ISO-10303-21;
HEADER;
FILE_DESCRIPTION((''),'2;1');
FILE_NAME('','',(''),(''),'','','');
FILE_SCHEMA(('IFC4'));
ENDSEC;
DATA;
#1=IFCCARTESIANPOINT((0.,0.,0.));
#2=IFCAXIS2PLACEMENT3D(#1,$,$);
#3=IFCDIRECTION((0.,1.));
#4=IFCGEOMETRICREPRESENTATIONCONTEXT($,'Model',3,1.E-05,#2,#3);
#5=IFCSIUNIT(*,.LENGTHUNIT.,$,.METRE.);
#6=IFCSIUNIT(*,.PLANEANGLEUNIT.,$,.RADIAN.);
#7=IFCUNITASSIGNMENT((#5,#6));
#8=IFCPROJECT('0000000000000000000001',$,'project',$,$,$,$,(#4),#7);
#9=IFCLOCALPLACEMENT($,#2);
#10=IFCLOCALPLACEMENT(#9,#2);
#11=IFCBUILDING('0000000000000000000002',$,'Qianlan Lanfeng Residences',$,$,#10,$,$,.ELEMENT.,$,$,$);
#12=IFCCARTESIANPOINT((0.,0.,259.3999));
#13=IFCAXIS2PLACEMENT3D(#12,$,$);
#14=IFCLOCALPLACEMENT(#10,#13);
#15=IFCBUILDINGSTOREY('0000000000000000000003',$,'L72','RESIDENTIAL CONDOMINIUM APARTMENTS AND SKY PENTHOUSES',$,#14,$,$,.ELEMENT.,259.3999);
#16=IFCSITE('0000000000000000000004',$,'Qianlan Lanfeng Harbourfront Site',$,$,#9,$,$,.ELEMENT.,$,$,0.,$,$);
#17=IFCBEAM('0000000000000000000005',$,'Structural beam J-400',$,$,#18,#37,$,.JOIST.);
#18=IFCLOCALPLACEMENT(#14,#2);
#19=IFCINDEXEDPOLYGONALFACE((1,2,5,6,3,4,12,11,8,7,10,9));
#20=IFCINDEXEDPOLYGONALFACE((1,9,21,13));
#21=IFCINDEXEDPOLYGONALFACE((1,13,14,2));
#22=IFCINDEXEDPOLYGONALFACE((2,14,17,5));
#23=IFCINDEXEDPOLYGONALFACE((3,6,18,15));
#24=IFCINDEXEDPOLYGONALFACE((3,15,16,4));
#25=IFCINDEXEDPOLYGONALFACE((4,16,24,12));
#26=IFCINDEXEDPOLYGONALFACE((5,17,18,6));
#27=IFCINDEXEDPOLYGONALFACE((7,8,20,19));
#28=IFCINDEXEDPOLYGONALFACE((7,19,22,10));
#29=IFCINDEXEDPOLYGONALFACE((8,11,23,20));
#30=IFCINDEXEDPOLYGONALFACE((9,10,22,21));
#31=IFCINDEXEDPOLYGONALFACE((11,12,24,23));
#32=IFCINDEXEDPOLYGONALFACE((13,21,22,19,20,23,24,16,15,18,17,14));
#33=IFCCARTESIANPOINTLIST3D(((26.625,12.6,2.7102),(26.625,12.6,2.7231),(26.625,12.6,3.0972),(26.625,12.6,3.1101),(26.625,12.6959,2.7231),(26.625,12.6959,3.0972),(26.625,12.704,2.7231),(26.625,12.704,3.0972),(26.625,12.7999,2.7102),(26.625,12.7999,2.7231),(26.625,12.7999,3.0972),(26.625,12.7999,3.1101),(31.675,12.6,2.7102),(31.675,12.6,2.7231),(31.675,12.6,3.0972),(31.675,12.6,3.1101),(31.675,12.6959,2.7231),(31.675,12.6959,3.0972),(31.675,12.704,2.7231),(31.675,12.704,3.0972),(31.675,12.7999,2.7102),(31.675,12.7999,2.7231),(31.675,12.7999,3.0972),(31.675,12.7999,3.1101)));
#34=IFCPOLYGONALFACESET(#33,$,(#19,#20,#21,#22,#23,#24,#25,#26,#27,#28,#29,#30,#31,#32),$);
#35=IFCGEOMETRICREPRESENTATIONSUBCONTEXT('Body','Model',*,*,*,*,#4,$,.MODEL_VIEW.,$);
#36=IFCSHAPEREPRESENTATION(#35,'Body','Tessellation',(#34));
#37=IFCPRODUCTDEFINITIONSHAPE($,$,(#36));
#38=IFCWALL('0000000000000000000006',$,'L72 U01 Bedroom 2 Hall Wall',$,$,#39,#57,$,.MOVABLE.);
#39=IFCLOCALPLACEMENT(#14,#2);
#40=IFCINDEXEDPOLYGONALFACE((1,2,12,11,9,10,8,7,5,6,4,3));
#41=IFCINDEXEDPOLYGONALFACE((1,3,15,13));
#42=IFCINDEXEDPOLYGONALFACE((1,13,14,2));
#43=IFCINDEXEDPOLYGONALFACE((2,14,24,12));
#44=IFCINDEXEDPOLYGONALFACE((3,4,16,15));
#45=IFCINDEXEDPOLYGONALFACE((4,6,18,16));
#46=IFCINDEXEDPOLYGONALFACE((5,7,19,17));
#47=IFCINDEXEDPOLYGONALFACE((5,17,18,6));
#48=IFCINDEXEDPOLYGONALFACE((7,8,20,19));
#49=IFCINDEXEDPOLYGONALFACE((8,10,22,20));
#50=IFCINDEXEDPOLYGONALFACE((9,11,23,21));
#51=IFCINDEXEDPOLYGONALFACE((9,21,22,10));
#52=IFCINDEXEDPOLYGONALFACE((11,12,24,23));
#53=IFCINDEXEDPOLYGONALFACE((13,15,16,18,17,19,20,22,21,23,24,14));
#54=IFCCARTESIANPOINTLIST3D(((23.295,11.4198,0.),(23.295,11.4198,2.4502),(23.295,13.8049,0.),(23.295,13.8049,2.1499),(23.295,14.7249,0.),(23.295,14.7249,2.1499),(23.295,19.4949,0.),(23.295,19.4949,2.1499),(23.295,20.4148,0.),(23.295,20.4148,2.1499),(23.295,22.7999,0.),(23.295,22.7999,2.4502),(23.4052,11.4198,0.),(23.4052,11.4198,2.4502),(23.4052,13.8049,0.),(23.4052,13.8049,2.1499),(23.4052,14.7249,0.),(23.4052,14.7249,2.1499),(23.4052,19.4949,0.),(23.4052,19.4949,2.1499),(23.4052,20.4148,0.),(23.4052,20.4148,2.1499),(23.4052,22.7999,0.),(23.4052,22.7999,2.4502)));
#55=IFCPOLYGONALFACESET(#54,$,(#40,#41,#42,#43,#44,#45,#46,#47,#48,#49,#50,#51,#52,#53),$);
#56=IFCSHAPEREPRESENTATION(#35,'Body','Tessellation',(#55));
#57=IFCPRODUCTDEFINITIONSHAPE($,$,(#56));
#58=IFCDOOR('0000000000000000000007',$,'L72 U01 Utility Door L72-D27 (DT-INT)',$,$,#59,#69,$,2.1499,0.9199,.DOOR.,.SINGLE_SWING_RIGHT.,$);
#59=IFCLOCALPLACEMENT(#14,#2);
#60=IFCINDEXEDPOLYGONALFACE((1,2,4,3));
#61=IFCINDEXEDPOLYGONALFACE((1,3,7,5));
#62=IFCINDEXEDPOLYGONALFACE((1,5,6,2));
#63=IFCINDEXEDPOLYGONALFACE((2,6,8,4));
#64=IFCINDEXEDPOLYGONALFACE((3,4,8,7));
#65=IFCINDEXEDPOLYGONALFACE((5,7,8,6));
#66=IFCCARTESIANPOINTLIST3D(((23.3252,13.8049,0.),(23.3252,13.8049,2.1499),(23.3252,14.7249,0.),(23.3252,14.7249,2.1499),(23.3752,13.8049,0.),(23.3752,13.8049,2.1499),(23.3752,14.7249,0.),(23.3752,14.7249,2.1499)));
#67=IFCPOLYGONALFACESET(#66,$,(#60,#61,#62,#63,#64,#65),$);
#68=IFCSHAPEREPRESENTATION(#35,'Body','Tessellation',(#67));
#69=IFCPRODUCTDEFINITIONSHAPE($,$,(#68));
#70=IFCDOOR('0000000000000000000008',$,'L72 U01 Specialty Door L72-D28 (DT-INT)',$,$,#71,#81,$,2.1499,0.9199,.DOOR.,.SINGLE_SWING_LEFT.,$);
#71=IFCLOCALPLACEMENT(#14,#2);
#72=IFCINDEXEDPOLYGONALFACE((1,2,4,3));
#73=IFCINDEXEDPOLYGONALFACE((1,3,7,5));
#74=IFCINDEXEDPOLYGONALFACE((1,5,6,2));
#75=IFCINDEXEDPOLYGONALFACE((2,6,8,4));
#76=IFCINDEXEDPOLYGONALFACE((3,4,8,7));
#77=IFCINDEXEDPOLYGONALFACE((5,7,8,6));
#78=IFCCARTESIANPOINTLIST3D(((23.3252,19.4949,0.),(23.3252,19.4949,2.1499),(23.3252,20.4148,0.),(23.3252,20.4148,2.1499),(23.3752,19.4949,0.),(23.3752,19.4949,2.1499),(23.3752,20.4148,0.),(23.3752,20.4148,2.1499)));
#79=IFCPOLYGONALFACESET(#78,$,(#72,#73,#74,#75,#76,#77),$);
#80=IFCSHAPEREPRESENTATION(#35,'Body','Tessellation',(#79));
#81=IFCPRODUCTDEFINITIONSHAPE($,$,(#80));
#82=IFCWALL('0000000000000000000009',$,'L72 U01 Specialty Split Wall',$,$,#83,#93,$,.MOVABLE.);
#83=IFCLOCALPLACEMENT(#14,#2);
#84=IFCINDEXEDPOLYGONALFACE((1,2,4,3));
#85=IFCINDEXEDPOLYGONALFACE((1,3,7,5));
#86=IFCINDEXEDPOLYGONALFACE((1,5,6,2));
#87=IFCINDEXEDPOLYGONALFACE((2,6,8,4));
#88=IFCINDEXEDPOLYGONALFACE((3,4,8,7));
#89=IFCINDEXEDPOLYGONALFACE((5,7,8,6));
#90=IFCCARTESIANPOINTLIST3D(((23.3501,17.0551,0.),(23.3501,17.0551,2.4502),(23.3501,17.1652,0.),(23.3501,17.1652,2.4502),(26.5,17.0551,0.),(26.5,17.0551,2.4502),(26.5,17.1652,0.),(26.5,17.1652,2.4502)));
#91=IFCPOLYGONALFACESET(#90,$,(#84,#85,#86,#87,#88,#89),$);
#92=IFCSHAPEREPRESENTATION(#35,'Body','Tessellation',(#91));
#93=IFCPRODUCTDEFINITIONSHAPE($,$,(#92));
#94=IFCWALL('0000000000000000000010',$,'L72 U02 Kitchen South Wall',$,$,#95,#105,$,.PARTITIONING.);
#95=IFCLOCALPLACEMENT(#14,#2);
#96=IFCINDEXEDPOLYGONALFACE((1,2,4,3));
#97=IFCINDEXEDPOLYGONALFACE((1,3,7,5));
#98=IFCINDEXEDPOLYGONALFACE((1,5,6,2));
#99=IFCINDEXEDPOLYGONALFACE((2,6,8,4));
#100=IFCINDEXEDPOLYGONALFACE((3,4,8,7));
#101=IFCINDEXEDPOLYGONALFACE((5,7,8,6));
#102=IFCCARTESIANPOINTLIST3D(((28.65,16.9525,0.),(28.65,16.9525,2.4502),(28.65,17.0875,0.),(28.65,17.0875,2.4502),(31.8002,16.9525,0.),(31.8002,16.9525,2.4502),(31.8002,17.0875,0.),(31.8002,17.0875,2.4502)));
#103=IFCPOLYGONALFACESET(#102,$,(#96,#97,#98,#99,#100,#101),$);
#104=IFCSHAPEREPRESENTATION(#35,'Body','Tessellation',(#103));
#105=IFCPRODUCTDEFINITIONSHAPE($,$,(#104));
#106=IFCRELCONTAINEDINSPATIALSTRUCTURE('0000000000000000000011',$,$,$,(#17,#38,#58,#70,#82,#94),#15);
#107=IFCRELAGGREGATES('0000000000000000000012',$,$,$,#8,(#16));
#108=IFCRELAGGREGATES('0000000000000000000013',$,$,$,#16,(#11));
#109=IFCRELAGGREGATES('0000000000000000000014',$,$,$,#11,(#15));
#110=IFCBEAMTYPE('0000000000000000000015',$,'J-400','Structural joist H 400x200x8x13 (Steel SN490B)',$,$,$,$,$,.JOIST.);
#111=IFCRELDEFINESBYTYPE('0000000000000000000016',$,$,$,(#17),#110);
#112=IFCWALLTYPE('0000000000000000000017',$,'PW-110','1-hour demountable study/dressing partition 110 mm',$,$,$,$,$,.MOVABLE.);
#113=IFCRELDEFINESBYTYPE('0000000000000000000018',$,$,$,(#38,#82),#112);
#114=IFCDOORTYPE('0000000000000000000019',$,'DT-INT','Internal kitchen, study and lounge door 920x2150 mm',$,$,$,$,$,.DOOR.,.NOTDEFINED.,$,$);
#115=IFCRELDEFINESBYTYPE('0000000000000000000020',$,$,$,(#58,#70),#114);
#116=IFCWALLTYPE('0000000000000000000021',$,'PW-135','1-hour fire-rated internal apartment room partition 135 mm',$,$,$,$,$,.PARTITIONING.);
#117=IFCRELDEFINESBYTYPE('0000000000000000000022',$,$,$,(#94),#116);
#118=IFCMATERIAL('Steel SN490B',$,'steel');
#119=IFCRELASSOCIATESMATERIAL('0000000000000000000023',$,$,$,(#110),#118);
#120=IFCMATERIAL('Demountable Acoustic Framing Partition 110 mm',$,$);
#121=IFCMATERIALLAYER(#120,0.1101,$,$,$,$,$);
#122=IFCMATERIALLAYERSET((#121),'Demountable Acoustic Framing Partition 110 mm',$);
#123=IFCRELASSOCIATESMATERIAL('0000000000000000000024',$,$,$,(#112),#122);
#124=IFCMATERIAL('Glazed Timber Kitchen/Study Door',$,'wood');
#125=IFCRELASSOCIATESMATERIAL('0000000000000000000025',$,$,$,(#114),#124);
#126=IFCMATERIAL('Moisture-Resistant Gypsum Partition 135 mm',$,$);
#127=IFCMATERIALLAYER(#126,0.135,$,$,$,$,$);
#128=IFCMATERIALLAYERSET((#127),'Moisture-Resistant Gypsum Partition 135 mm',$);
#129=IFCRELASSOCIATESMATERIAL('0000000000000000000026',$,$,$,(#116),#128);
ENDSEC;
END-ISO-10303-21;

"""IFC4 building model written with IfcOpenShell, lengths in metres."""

from ifc_helpers import new_model, si_unit, direction, frame, frame_2d, origin, origin_2d, place, context, subcontext, project, spatial, rectangle, i_section, extrude, material, layer, layer_set, material_profile, profile_set, type_object, element, fill, save


model = new_model("IFC4")

# Units and contexts
model_context = context("Model", 3, precision=1e-05, world=origin(), true_north=direction((0.0, 1.0)))
body_context = subcontext(model_context, "Body", "Model", "MODEL_VIEW")
ifc_project = project(units=[si_unit("LENGTHUNIT", "METRE"), si_unit("PLANEANGLEUNIT", "RADIAN")], contexts=[model_context])

# Site, building, storey
site_placement = place(None, origin())
site = spatial("IfcSite", under=ifc_project, at=site_placement, Name="Qianlan Lanfeng Harbourfront Site", CompositionType="ELEMENT", RefElevation=0.0)
building_placement = place(site_placement, origin())
building = spatial("IfcBuilding", under=site, at=building_placement, Name="Qianlan Lanfeng Residences", CompositionType="ELEMENT")
storey_placement = place(building_placement, frame((0.0, 0.0, 259.3999)))
storey = spatial("IfcBuildingStorey", under=building, at=storey_placement, Name="L72", Description="RESIDENTIAL CONDOMINIUM APARTMENTS AND SKY PENTHOUSES", CompositionType="ELEMENT", Elevation=259.3999)

# Shared definitions
ifc_material_1 = material(Name="Steel SN490B", Category="steel")

# Beam
ifc_material_profile_1 = material_profile(ifc_material_1, i_section(OverallWidth=0.2, OverallDepth=0.3999, WebThickness=0.0081, FlangeThickness=0.0129, at=origin_2d()), Name="H 400x200x8x13")
ifc_profile_set_1 = profile_set([ifc_material_profile_1], Name="Steel SN490B")
beam_type_1 = type_object("IfcBeamType", Name="J-400", Description="Structural joist H 400x200x8x13 (Steel SN490B)", PredefinedType="JOIST", material=ifc_profile_set_1)
for number, where, z_axis, x_axis, name in (
    (1, (26.625, 12.7, 2.9102), (1.0, 0.0, 0.0), (0.0, 1.0, 0.0), "Structural beam J-400"),
):
    element("IfcBeam", number, at=place(storey_placement, frame(where, z_axis=z_axis, x_axis=x_axis)), inside=storey, type_object=beam_type_1, Name=name, PredefinedType="JOIST", context=body_context, shape_type="SweptSolid", body=[
        extrude(i_section(OverallWidth=0.2, OverallDepth=0.3999, WebThickness=0.0081, FlangeThickness=0.0129, at=origin_2d()), origin(), (0.0, 0.0, 1.0), 5.05),
    ])

# Wall, openings, doors
ifc_material_2 = material(Name="Demountable Acoustic Framing Partition 110 mm")
ifc_layer_1 = layer(ifc_material_2, 0.1101)
ifc_layer_set_1 = layer_set([ifc_layer_1], Name="Demountable Acoustic Framing Partition 110 mm")
wall_type_1 = type_object("IfcWallType", Name="PW-110", Description="1-hour demountable study/dressing partition 110 mm", PredefinedType="MOVABLE", material=ifc_layer_set_1)
wall_1_placement = place(storey_placement, frame((23.3501, 11.4199, 0.0), z_axis=(0.0, 0.0, 1.0), x_axis=(0.0, 1.0, 0.0)))
wall_1 = element("IfcWall", 2, at=wall_1_placement, inside=storey, type_object=wall_type_1, Name="L72 U01 Bedroom 2 Hall Wall", PredefinedType="MOVABLE", context=body_context, shape_type="SweptSolid", body=[
    extrude(rectangle(XDim=11.3801, YDim=0.1101, at=frame_2d((5.6899, 0.0))), origin(), (0.0, 0.0, 1.0), 2.4502),
])
opening_1_placement = place(wall_1_placement, frame((2.385, 0.0, 0.0)))
opening_1 = element("IfcOpeningElement", 3, at=opening_1_placement, cuts=wall_1, PredefinedType="OPENING", context=body_context, shape_type="SweptSolid", body=[
    extrude(rectangle(XDim=0.9199, YDim=2.1499, at=frame_2d((0.46, 1.075))), frame((0.0, 0.0649, 0.0), z_axis=(0.0, -1.0, 0.0), x_axis=(1.0, 0.0, 0.0)), (0.0, 0.0, 1.0), 0.1301),
])
opening_2_placement = place(wall_1_placement, frame((8.075, 0.0, 0.0)))
opening_2 = element("IfcOpeningElement", 4, at=opening_2_placement, cuts=wall_1, PredefinedType="OPENING", context=body_context, shape_type="SweptSolid", body=[
    extrude(rectangle(XDim=0.9199, YDim=2.1499, at=frame_2d((0.46, 1.075))), frame((0.0, 0.0649, 0.0), z_axis=(0.0, -1.0, 0.0), x_axis=(1.0, 0.0, 0.0)), (0.0, 0.0, 1.0), 0.1301),
])
ifc_material_3 = material(Name="Glazed Timber Kitchen/Study Door", Category="wood")
door_type_1 = type_object("IfcDoorType", Name="DT-INT", Description="Internal kitchen, study and lounge door 920x2150 mm", OperationType="NOTDEFINED", PredefinedType="DOOR", material=ifc_material_3)
door_1_placement = place(opening_1_placement, origin())
door_1 = element("IfcDoor", 5, at=door_1_placement, inside=storey, type_object=door_type_1, Name="L72 U01 Utility Door L72-D27 (DT-INT)", OperationType="SINGLE_SWING_RIGHT", OverallHeight=2.1499, OverallWidth=0.9199, PredefinedType="DOOR", context=body_context, shape_type="SweptSolid", body=[
    extrude(rectangle(XDim=0.9199, YDim=2.1499, at=frame_2d((0.46, 1.075))), frame((0.0, 0.0249, 0.0), z_axis=(0.0, -1.0, 0.0), x_axis=(1.0, 0.0, 0.0)), (0.0, 0.0, 1.0), 0.05),
])
fill(opening_1, door_1)
door_2_placement = place(opening_2_placement, origin())
door_2 = element("IfcDoor", 6, at=door_2_placement, inside=storey, type_object=door_type_1, Name="L72 U01 Specialty Door L72-D28 (DT-INT)", OperationType="SINGLE_SWING_LEFT", OverallHeight=2.1499, OverallWidth=0.9199, PredefinedType="DOOR", context=body_context, shape_type="SweptSolid", body=[
    extrude(rectangle(XDim=0.9199, YDim=2.1499, at=frame_2d((0.46, 1.075))), frame((0.0, 0.0249, 0.0), z_axis=(0.0, -1.0, 0.0), x_axis=(1.0, 0.0, 0.0)), (0.0, 0.0, 1.0), 0.05),
])
fill(opening_2, door_2)

# Wall
wall_2_placement = place(storey_placement, frame((23.3501, 17.1101, 0.0), z_axis=(0.0, 0.0, 1.0), x_axis=(1.0, 0.0, 0.0)))
element("IfcWall", 7, at=wall_2_placement, inside=storey, type_object=wall_type_1, Name="L72 U01 Specialty Split Wall", PredefinedType="MOVABLE", context=body_context, shape_type="SweptSolid", body=[
    extrude(rectangle(XDim=3.1499, YDim=0.1101, at=frame_2d((1.575, 0.0))), origin(), (0.0, 0.0, 1.0), 2.4502),
])

# Shared definitions
ifc_material_4 = material(Name="Moisture-Resistant Gypsum Partition 135 mm")
ifc_layer_2 = layer(ifc_material_4, 0.135)
ifc_layer_set_2 = layer_set([ifc_layer_2], Name="Moisture-Resistant Gypsum Partition 135 mm")
wall_type_2 = type_object("IfcWallType", Name="PW-135", Description="1-hour fire-rated internal apartment room partition 135 mm", PredefinedType="PARTITIONING", material=ifc_layer_set_2)

# Wall
wall_3_placement = place(storey_placement, frame((28.6499, 17.02, 0.0), z_axis=(0.0, 0.0, 1.0), x_axis=(1.0, 0.0, 0.0)))
element("IfcWall", 8, at=wall_3_placement, inside=storey, type_object=wall_type_2, Name="L72 U02 Kitchen South Wall", PredefinedType="PARTITIONING", context=body_context, shape_type="SweptSolid", body=[
    extrude(rectangle(XDim=3.1501, YDim=0.135, at=frame_2d((1.5752, 0.0))), origin(), (0.0, 0.0, 1.0), 2.4502),
])

save(model, "model.ifc")
